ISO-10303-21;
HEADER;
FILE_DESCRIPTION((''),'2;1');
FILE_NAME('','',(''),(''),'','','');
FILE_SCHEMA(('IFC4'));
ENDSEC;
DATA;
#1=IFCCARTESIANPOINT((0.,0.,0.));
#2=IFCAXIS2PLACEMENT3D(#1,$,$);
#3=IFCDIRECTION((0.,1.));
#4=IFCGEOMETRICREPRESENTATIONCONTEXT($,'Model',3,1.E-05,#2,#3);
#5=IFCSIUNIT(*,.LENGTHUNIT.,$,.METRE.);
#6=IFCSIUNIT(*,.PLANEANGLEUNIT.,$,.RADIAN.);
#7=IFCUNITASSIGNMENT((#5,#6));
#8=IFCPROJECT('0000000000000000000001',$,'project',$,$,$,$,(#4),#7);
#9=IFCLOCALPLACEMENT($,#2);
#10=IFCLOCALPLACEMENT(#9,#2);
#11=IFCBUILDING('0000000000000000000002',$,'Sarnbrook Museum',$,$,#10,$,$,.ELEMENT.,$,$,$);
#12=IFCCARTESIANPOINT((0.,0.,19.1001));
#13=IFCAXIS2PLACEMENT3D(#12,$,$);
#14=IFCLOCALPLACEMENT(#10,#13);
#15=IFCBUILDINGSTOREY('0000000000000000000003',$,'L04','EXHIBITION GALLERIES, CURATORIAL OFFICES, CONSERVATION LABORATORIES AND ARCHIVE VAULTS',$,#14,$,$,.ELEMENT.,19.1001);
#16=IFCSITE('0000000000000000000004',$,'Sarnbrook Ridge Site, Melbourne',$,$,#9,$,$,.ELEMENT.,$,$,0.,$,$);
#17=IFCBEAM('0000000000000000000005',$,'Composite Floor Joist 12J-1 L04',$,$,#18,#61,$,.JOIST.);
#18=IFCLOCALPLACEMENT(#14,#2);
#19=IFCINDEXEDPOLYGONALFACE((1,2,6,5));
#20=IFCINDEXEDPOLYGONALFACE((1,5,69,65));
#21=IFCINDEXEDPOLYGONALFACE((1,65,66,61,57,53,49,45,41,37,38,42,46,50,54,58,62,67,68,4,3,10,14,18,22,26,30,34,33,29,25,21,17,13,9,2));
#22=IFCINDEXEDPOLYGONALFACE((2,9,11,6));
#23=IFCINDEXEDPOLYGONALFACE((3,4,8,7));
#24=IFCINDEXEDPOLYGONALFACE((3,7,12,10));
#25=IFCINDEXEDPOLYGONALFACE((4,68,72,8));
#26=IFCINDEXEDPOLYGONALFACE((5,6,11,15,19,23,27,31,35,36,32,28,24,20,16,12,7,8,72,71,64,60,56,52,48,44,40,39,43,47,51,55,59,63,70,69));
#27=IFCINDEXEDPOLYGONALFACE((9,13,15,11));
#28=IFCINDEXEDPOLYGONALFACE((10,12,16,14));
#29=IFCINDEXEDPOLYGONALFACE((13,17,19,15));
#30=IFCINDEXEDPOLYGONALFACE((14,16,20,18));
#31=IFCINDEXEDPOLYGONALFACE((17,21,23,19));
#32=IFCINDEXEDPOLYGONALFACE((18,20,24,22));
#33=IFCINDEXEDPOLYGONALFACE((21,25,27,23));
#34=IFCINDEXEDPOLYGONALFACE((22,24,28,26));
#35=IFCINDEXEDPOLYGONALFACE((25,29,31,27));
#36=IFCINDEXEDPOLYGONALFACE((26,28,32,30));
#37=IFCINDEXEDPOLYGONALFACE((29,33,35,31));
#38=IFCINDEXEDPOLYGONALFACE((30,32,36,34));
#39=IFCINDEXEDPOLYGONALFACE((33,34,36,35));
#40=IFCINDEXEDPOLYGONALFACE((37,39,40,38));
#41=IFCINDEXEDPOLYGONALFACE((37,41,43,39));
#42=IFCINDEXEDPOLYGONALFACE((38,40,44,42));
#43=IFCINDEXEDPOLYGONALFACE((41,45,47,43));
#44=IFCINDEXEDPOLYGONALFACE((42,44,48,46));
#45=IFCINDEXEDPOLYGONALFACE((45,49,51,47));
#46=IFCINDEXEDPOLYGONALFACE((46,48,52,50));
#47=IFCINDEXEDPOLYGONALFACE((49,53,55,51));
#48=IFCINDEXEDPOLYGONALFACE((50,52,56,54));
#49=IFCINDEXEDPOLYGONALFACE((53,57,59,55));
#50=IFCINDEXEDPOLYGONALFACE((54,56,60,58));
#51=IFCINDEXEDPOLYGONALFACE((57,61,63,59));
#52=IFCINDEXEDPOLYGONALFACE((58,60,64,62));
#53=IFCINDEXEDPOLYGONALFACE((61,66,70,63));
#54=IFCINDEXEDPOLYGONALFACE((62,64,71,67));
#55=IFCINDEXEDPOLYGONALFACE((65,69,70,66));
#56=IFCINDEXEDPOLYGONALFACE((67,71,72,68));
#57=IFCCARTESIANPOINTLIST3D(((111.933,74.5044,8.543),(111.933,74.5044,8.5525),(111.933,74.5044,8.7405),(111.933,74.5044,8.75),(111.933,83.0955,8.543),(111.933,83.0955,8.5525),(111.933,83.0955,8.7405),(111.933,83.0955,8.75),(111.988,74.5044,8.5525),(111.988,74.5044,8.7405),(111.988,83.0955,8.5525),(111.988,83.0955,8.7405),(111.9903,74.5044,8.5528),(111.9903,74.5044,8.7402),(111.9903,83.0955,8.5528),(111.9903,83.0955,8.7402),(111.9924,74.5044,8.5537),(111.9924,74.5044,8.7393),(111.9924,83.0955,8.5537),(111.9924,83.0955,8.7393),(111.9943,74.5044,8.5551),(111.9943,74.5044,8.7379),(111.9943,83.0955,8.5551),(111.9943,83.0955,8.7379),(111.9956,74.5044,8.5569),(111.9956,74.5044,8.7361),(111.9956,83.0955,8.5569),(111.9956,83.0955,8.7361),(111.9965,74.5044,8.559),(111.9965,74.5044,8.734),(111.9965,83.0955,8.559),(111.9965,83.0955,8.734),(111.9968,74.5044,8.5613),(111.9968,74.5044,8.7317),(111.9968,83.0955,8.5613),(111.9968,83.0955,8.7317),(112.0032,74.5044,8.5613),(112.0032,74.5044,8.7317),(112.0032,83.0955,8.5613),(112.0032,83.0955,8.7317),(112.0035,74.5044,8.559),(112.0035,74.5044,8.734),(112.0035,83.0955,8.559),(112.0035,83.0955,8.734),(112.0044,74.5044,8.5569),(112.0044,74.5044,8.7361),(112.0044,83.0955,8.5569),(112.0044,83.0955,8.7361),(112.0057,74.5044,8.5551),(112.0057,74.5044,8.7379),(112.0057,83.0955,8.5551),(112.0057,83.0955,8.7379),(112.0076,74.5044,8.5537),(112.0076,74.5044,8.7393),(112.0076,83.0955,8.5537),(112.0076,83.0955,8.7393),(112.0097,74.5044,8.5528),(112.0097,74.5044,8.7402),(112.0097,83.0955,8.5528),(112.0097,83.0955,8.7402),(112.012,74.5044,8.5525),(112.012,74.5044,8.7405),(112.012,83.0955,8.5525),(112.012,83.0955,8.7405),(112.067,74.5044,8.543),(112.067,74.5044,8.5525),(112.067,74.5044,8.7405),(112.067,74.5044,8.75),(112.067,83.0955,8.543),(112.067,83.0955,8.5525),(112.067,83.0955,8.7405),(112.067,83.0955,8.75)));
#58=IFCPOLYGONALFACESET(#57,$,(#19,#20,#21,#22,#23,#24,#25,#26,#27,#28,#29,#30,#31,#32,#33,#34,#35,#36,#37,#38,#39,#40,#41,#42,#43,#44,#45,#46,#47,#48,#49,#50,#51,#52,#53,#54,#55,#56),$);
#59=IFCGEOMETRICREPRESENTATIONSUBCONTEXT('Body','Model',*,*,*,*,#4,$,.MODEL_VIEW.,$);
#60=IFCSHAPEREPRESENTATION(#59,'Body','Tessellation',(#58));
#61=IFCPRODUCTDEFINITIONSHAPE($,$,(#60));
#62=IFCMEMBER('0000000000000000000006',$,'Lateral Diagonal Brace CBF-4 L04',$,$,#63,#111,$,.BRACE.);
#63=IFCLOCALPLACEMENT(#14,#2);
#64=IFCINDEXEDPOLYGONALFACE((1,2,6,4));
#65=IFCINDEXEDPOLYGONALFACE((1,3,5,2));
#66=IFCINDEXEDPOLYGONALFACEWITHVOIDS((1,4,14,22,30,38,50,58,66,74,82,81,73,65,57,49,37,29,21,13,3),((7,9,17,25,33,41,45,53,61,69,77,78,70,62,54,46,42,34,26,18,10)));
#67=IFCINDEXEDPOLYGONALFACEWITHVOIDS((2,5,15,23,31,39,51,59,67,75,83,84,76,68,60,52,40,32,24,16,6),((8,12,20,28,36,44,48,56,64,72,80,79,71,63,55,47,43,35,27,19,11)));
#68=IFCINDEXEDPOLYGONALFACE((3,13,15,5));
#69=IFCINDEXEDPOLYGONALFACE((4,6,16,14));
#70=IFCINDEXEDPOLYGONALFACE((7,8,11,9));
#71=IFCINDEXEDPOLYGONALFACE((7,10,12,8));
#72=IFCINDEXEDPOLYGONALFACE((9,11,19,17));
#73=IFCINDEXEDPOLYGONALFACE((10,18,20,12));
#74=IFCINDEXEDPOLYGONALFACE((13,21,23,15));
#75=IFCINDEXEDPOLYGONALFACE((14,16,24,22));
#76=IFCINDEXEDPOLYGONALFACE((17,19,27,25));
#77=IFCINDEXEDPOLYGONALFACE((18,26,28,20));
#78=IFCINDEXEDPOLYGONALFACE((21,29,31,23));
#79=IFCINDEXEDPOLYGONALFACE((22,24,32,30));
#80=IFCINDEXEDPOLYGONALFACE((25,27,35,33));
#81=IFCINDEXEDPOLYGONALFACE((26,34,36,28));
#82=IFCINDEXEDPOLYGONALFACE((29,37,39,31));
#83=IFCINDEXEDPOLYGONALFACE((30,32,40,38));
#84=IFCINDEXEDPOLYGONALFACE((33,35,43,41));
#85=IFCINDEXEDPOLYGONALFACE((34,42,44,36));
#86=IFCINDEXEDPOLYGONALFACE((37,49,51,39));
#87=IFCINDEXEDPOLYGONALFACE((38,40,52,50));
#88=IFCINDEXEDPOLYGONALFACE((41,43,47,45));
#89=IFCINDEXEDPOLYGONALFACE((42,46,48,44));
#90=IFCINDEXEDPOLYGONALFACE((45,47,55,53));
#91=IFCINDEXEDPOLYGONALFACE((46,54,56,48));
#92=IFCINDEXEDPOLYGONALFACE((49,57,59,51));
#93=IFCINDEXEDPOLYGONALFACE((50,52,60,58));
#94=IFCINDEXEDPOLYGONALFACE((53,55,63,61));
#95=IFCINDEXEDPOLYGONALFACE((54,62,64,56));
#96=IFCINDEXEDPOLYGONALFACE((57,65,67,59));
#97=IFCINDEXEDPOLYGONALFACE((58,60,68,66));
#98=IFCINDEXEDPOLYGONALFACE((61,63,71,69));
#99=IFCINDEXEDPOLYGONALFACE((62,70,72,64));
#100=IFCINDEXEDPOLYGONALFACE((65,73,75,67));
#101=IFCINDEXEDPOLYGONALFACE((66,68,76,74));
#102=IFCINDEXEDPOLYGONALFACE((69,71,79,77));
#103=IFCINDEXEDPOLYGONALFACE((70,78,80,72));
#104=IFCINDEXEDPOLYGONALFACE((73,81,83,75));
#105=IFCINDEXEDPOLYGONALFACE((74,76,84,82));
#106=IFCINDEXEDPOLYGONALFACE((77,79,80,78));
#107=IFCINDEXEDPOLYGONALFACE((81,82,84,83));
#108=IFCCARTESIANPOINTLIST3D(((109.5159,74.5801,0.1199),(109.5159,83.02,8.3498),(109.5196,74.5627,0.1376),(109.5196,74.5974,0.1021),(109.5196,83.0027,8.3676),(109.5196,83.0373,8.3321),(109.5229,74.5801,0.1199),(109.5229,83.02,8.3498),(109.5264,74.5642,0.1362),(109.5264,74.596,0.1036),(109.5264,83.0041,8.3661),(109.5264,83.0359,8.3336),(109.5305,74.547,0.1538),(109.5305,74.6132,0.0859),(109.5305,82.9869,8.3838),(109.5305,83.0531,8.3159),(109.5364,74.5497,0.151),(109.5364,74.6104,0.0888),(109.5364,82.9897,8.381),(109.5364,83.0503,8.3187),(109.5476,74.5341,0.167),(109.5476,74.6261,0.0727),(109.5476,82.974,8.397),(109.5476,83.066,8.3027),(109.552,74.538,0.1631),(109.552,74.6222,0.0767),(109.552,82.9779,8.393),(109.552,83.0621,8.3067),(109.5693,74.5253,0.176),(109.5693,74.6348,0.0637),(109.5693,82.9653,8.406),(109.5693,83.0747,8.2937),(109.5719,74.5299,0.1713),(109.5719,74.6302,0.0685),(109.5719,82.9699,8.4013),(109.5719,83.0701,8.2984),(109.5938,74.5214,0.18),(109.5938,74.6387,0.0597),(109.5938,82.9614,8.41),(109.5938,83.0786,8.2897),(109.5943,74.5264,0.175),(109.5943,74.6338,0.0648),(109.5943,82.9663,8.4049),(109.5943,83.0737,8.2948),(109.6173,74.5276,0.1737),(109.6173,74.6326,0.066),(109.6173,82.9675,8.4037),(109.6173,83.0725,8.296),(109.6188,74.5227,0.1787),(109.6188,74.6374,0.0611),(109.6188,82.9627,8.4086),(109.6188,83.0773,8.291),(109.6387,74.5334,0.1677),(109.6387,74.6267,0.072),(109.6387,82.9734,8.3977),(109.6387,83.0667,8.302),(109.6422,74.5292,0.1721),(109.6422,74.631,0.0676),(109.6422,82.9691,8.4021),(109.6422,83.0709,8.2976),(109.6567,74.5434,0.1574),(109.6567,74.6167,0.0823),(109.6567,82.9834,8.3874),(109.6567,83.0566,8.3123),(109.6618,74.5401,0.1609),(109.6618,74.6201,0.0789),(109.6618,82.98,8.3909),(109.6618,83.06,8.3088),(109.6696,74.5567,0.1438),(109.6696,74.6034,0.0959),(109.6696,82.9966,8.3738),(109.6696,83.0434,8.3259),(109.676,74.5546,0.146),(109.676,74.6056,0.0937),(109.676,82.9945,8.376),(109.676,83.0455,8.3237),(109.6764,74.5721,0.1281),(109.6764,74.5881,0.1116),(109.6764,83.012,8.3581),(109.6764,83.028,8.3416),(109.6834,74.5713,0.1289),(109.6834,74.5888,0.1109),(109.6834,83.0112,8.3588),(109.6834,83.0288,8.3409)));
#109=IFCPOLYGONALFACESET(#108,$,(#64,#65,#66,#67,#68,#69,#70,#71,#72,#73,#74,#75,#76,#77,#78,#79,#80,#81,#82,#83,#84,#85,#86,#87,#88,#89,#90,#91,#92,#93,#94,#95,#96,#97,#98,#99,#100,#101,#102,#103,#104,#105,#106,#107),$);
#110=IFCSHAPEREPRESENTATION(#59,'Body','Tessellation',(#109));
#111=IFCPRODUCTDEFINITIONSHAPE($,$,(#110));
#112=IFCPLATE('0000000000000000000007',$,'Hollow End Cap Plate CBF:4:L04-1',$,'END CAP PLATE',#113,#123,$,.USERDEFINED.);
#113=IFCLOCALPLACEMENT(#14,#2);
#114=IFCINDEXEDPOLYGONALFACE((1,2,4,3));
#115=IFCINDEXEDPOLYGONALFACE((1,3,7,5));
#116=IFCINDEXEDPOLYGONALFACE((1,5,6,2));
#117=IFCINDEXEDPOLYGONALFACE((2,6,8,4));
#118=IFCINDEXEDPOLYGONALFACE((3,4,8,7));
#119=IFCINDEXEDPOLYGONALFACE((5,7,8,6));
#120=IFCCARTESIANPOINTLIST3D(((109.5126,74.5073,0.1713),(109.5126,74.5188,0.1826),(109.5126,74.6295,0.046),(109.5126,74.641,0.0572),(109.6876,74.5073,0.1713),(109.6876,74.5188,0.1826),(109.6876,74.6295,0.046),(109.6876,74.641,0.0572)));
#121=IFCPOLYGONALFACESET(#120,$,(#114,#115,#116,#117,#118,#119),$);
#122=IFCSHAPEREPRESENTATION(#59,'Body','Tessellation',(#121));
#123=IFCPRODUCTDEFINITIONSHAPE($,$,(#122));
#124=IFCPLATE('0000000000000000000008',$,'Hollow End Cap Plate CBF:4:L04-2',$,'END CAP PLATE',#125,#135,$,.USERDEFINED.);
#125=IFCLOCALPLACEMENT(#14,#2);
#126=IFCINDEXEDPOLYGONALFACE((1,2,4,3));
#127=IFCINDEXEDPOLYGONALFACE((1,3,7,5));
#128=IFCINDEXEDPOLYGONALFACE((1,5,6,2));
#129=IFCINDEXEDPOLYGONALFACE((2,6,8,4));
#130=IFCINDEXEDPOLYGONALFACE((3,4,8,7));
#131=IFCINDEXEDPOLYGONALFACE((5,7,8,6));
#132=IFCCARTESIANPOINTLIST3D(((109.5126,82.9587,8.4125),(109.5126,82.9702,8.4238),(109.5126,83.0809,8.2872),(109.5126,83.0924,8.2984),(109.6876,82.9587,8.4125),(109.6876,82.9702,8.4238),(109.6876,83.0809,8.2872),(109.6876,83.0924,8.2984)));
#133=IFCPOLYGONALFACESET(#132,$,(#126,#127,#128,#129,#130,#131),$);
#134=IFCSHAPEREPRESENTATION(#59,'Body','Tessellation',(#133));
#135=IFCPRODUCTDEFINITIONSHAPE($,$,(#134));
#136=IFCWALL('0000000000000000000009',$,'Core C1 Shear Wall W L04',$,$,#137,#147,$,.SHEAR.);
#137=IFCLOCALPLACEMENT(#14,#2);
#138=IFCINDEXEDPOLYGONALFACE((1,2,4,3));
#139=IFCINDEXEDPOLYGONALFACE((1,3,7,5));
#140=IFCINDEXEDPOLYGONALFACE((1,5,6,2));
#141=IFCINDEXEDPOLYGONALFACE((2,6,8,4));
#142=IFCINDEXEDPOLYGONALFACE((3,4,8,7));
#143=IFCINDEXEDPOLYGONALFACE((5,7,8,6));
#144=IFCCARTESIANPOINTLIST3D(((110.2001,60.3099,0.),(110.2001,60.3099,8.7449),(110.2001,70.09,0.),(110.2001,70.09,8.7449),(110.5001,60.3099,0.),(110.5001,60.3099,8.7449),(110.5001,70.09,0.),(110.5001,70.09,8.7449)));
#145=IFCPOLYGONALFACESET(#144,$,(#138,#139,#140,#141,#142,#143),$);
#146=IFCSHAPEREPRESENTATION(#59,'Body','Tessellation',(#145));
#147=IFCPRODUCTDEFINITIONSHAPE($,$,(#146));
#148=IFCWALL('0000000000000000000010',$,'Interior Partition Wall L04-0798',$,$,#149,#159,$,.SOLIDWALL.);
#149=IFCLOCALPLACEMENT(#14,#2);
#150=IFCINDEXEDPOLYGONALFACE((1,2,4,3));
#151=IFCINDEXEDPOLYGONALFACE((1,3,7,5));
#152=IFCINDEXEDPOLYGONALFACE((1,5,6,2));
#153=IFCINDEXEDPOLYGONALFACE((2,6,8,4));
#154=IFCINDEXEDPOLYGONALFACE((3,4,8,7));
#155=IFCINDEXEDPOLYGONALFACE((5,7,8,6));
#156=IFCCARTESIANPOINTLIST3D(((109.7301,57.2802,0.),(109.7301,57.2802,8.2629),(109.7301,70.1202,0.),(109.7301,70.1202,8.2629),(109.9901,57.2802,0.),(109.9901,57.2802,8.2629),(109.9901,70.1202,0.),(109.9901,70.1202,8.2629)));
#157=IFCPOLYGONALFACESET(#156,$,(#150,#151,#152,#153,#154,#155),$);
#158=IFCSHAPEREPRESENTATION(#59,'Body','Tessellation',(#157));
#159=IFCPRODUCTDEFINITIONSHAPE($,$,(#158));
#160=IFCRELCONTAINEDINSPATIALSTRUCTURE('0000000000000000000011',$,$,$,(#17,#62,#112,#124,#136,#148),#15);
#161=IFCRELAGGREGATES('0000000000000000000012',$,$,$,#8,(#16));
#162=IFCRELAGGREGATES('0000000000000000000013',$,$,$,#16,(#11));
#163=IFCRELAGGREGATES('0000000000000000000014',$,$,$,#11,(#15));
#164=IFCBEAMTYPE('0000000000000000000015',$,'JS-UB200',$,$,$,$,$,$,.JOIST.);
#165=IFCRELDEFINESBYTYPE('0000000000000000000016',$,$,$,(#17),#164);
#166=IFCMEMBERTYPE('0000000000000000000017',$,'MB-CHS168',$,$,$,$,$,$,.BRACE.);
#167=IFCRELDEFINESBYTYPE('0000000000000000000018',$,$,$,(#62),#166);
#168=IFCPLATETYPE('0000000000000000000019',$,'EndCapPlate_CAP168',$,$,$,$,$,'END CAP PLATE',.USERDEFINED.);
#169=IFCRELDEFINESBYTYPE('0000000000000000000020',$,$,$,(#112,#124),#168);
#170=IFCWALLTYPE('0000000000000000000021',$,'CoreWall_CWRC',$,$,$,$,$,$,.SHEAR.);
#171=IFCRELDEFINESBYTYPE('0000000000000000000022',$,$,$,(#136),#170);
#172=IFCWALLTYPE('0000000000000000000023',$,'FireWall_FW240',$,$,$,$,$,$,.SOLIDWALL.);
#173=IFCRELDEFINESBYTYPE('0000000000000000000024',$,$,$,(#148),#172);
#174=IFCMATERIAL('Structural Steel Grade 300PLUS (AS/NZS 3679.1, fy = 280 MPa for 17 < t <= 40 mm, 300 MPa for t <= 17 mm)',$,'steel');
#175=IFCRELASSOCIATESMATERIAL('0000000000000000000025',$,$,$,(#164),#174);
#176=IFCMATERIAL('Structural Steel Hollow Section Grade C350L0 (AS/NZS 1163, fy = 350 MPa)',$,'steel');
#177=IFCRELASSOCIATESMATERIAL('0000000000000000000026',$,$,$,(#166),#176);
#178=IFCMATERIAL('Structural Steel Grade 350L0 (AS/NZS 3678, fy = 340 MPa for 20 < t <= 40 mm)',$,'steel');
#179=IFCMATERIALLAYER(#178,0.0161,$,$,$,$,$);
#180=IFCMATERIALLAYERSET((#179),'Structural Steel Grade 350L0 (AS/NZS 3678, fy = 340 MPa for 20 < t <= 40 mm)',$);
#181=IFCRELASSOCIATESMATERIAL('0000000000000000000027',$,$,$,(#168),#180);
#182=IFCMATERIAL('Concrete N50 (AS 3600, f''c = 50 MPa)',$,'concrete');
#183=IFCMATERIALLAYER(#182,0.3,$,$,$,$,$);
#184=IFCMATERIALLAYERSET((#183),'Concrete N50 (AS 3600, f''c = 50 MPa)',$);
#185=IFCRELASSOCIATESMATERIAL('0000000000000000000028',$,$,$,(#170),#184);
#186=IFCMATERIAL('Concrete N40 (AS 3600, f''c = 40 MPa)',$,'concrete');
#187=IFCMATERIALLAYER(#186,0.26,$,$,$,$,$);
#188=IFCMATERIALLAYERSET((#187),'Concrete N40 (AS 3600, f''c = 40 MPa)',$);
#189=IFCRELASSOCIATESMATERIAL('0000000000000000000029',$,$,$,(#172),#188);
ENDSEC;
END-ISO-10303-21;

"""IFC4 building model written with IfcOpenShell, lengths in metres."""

from ifc_helpers import new_model, si_unit, direction, frame, frame_2d, origin, origin_2d, place, context, subcontext, project, spatial, rectangle, hollow_circle, i_section, extrude, material, layer, layer_set, material_profile, profile_set, type_object, element, save


model = new_model("IFC4")

# Units and contexts
model_context = context("Model", 3, precision=1e-05, world=origin(), true_north=direction((0.0, 1.0)))
body_context = subcontext(model_context, "Body", "Model", "MODEL_VIEW")
ifc_project = project(units=[si_unit("LENGTHUNIT", "METRE"), si_unit("PLANEANGLEUNIT", "RADIAN")], contexts=[model_context])

# Site, building, storey
site_placement = place(None, origin())
site = spatial("IfcSite", under=ifc_project, at=site_placement, Name="Sarnbrook Ridge Site, Melbourne", CompositionType="ELEMENT", RefElevation=0.0)
building_placement = place(site_placement, origin())
building = spatial("IfcBuilding", under=site, at=building_placement, Name="Sarnbrook Museum", CompositionType="ELEMENT")
storey_placement = place(building_placement, frame((0.0, 0.0, 19.1001)))
storey = spatial("IfcBuildingStorey", under=building, at=storey_placement, Name="L04", Description="EXHIBITION GALLERIES, CURATORIAL OFFICES, CONSERVATION LABORATORIES AND ARCHIVE VAULTS", CompositionType="ELEMENT", Elevation=19.1001)

# Shared definitions
ifc_material_1 = material(Name="Structural Steel Grade 300PLUS (AS/NZS 3679.1, fy = 280 MPa for 17 < t <= 40 mm, 300 MPa for t <= 17 mm)", Category="steel")

# Beam
ifc_material_profile_1 = material_profile(ifc_material_1, i_section(OverallWidth=0.134, OverallDepth=0.207, WebThickness=0.0063, FlangeThickness=0.0095, FilletRadius=0.0088, at=origin_2d()), Name="200UB29.8")
ifc_profile_set_1 = profile_set([ifc_material_profile_1], Name="Structural Steel Grade 300PLUS (AS/NZS 3679.1, fy = 280 MPa for 17 < t <= 40 mm, 300 MPa for t <= 17 mm)")
beam_type_1 = type_object("IfcBeamType", Name="JS-UB200", PredefinedType="JOIST", material=ifc_profile_set_1)
beam_1_placement = place(storey_placement, frame((112.0, 74.5044, 8.6465), z_axis=(0.0, 1.0, 0.0), x_axis=(-1.0, 0.0, 0.0)))
element("IfcBeam", 1, at=beam_1_placement, inside=storey, type_object=beam_type_1, Name="Composite Floor Joist 12J-1 L04", PredefinedType="JOIST", context=body_context, shape_type="SweptSolid", body=[
    extrude(i_section(OverallWidth=0.134, OverallDepth=0.207, WebThickness=0.0063, FlangeThickness=0.0095, FilletRadius=0.0088, at=origin_2d()), origin(), (0.0, 0.0, 1.0), 8.5911),
])

# Member
ifc_material_2 = material(Name="Structural Steel Hollow Section Grade C350L0 (AS/NZS 1163, fy = 350 MPa)", Category="steel")
ifc_material_profile_2 = material_profile(ifc_material_2, hollow_circle(Radius=0.0842, WallThickness=0.0071, at=origin_2d()), Name="168.3x7.1CHS")
ifc_profile_set_2 = profile_set([ifc_material_profile_2], Name="Structural Steel Hollow Section Grade C350L0 (AS/NZS 1163, fy = 350 MPa)")
member_type = type_object("IfcMemberType", Name="MB-CHS168", PredefinedType="BRACE", material=ifc_profile_set_2)
member_placement = place(storey_placement, frame((109.6001, 74.5801, 0.1199), z_axis=(0.0, 0.715956, 0.698145), x_axis=(-1.0, 0.0, 0.0)))
element("IfcMember", 2, at=member_placement, inside=storey, type_object=member_type, Name="Lateral Diagonal Brace CBF-4 L04", PredefinedType="BRACE", context=body_context, shape_type="SweptSolid", body=[
    extrude(hollow_circle(Radius=0.0842, WallThickness=0.0071, at=origin_2d()), origin(), (0.0, 0.0, 1.0), 11.7883),
])

# Plates
ifc_material_3 = material(Name="Structural Steel Grade 350L0 (AS/NZS 3678, fy = 340 MPa for 20 < t <= 40 mm)", Category="steel")
ifc_layer_1 = layer(ifc_material_3, 0.0161)
ifc_layer_set_1 = layer_set([ifc_layer_1], Name="Structural Steel Grade 350L0 (AS/NZS 3678, fy = 340 MPa for 20 < t <= 40 mm)")
plate_type = type_object("IfcPlateType", Name="EndCapPlate_CAP168", ElementType="END CAP PLATE", PredefinedType="USERDEFINED", material=ifc_layer_set_1)
for number, where, z_axis, x_axis, name in (
    (3, (109.6001, 74.5684, 0.1086), (0.0, 0.715958, 0.698144), (-1.0, 0.0, 0.0), "Hollow End Cap Plate CBF:4:L04-1"),
    (4, (109.6001, 83.0198, 8.3499), (0.0, 0.715958, 0.698144), (-1.0, 0.0, 0.0), "Hollow End Cap Plate CBF:4:L04-2"),
):
    element("IfcPlate", number, at=place(storey_placement, frame(where, z_axis=z_axis, x_axis=x_axis)), inside=storey, type_object=plate_type, Name=name, ObjectType="END CAP PLATE", PredefinedType="USERDEFINED", context=body_context, shape_type="SweptSolid", body=[
        extrude(rectangle(XDim=0.175, YDim=0.175, at=origin_2d()), origin(), (0.0, 0.0, 1.0), 0.0161),
    ])

# Walls
ifc_material_4 = material(Name="Concrete N50 (AS 3600, f'c = 50 MPa)", Category="concrete")
ifc_layer_2 = layer(ifc_material_4, 0.3)
ifc_layer_set_2 = layer_set([ifc_layer_2], Name="Concrete N50 (AS 3600, f'c = 50 MPa)")
wall_type_1 = type_object("IfcWallType", Name="CoreWall_CWRC", PredefinedType="SHEAR", material=ifc_layer_set_2)
wall_1_placement = place(storey_placement, frame((110.3501, 70.0901, 0.0), z_axis=(0.0, 0.0, 1.0), x_axis=(0.0, -1.0, 0.0)))
element("IfcWall", 5, at=wall_1_placement, inside=storey, type_object=wall_type_1, Name="Core C1 Shear Wall W L04", PredefinedType="SHEAR", context=body_context, shape_type="SweptSolid", body=[
    extrude(rectangle(XDim=9.78, YDim=0.3, at=frame_2d((4.8901, 0.0))), origin(), (0.0, 0.0, 1.0), 8.7449),
])
ifc_material_5 = material(Name="Concrete N40 (AS 3600, f'c = 40 MPa)", Category="concrete")
ifc_layer_3 = layer(ifc_material_5, 0.26)
ifc_layer_set_3 = layer_set([ifc_layer_3], Name="Concrete N40 (AS 3600, f'c = 40 MPa)")
wall_type_2 = type_object("IfcWallType", Name="FireWall_FW240", PredefinedType="SOLIDWALL", material=ifc_layer_set_3)
wall_2_placement = place(storey_placement, frame((109.8601, 70.1201, 0.0), z_axis=(0.0, 0.0, 1.0), x_axis=(0.0, -1.0, 0.0)))
element("IfcWall", 6, at=wall_2_placement, inside=storey, type_object=wall_type_2, Name="Interior Partition Wall L04-0798", PredefinedType="SOLIDWALL", context=body_context, shape_type="SweptSolid", body=[
    extrude(rectangle(XDim=12.8401, YDim=0.26, at=frame_2d((6.4199, 0.0))), origin(), (0.0, 0.0, 1.0), 8.2629),
])

save(model, "model.ifc")
